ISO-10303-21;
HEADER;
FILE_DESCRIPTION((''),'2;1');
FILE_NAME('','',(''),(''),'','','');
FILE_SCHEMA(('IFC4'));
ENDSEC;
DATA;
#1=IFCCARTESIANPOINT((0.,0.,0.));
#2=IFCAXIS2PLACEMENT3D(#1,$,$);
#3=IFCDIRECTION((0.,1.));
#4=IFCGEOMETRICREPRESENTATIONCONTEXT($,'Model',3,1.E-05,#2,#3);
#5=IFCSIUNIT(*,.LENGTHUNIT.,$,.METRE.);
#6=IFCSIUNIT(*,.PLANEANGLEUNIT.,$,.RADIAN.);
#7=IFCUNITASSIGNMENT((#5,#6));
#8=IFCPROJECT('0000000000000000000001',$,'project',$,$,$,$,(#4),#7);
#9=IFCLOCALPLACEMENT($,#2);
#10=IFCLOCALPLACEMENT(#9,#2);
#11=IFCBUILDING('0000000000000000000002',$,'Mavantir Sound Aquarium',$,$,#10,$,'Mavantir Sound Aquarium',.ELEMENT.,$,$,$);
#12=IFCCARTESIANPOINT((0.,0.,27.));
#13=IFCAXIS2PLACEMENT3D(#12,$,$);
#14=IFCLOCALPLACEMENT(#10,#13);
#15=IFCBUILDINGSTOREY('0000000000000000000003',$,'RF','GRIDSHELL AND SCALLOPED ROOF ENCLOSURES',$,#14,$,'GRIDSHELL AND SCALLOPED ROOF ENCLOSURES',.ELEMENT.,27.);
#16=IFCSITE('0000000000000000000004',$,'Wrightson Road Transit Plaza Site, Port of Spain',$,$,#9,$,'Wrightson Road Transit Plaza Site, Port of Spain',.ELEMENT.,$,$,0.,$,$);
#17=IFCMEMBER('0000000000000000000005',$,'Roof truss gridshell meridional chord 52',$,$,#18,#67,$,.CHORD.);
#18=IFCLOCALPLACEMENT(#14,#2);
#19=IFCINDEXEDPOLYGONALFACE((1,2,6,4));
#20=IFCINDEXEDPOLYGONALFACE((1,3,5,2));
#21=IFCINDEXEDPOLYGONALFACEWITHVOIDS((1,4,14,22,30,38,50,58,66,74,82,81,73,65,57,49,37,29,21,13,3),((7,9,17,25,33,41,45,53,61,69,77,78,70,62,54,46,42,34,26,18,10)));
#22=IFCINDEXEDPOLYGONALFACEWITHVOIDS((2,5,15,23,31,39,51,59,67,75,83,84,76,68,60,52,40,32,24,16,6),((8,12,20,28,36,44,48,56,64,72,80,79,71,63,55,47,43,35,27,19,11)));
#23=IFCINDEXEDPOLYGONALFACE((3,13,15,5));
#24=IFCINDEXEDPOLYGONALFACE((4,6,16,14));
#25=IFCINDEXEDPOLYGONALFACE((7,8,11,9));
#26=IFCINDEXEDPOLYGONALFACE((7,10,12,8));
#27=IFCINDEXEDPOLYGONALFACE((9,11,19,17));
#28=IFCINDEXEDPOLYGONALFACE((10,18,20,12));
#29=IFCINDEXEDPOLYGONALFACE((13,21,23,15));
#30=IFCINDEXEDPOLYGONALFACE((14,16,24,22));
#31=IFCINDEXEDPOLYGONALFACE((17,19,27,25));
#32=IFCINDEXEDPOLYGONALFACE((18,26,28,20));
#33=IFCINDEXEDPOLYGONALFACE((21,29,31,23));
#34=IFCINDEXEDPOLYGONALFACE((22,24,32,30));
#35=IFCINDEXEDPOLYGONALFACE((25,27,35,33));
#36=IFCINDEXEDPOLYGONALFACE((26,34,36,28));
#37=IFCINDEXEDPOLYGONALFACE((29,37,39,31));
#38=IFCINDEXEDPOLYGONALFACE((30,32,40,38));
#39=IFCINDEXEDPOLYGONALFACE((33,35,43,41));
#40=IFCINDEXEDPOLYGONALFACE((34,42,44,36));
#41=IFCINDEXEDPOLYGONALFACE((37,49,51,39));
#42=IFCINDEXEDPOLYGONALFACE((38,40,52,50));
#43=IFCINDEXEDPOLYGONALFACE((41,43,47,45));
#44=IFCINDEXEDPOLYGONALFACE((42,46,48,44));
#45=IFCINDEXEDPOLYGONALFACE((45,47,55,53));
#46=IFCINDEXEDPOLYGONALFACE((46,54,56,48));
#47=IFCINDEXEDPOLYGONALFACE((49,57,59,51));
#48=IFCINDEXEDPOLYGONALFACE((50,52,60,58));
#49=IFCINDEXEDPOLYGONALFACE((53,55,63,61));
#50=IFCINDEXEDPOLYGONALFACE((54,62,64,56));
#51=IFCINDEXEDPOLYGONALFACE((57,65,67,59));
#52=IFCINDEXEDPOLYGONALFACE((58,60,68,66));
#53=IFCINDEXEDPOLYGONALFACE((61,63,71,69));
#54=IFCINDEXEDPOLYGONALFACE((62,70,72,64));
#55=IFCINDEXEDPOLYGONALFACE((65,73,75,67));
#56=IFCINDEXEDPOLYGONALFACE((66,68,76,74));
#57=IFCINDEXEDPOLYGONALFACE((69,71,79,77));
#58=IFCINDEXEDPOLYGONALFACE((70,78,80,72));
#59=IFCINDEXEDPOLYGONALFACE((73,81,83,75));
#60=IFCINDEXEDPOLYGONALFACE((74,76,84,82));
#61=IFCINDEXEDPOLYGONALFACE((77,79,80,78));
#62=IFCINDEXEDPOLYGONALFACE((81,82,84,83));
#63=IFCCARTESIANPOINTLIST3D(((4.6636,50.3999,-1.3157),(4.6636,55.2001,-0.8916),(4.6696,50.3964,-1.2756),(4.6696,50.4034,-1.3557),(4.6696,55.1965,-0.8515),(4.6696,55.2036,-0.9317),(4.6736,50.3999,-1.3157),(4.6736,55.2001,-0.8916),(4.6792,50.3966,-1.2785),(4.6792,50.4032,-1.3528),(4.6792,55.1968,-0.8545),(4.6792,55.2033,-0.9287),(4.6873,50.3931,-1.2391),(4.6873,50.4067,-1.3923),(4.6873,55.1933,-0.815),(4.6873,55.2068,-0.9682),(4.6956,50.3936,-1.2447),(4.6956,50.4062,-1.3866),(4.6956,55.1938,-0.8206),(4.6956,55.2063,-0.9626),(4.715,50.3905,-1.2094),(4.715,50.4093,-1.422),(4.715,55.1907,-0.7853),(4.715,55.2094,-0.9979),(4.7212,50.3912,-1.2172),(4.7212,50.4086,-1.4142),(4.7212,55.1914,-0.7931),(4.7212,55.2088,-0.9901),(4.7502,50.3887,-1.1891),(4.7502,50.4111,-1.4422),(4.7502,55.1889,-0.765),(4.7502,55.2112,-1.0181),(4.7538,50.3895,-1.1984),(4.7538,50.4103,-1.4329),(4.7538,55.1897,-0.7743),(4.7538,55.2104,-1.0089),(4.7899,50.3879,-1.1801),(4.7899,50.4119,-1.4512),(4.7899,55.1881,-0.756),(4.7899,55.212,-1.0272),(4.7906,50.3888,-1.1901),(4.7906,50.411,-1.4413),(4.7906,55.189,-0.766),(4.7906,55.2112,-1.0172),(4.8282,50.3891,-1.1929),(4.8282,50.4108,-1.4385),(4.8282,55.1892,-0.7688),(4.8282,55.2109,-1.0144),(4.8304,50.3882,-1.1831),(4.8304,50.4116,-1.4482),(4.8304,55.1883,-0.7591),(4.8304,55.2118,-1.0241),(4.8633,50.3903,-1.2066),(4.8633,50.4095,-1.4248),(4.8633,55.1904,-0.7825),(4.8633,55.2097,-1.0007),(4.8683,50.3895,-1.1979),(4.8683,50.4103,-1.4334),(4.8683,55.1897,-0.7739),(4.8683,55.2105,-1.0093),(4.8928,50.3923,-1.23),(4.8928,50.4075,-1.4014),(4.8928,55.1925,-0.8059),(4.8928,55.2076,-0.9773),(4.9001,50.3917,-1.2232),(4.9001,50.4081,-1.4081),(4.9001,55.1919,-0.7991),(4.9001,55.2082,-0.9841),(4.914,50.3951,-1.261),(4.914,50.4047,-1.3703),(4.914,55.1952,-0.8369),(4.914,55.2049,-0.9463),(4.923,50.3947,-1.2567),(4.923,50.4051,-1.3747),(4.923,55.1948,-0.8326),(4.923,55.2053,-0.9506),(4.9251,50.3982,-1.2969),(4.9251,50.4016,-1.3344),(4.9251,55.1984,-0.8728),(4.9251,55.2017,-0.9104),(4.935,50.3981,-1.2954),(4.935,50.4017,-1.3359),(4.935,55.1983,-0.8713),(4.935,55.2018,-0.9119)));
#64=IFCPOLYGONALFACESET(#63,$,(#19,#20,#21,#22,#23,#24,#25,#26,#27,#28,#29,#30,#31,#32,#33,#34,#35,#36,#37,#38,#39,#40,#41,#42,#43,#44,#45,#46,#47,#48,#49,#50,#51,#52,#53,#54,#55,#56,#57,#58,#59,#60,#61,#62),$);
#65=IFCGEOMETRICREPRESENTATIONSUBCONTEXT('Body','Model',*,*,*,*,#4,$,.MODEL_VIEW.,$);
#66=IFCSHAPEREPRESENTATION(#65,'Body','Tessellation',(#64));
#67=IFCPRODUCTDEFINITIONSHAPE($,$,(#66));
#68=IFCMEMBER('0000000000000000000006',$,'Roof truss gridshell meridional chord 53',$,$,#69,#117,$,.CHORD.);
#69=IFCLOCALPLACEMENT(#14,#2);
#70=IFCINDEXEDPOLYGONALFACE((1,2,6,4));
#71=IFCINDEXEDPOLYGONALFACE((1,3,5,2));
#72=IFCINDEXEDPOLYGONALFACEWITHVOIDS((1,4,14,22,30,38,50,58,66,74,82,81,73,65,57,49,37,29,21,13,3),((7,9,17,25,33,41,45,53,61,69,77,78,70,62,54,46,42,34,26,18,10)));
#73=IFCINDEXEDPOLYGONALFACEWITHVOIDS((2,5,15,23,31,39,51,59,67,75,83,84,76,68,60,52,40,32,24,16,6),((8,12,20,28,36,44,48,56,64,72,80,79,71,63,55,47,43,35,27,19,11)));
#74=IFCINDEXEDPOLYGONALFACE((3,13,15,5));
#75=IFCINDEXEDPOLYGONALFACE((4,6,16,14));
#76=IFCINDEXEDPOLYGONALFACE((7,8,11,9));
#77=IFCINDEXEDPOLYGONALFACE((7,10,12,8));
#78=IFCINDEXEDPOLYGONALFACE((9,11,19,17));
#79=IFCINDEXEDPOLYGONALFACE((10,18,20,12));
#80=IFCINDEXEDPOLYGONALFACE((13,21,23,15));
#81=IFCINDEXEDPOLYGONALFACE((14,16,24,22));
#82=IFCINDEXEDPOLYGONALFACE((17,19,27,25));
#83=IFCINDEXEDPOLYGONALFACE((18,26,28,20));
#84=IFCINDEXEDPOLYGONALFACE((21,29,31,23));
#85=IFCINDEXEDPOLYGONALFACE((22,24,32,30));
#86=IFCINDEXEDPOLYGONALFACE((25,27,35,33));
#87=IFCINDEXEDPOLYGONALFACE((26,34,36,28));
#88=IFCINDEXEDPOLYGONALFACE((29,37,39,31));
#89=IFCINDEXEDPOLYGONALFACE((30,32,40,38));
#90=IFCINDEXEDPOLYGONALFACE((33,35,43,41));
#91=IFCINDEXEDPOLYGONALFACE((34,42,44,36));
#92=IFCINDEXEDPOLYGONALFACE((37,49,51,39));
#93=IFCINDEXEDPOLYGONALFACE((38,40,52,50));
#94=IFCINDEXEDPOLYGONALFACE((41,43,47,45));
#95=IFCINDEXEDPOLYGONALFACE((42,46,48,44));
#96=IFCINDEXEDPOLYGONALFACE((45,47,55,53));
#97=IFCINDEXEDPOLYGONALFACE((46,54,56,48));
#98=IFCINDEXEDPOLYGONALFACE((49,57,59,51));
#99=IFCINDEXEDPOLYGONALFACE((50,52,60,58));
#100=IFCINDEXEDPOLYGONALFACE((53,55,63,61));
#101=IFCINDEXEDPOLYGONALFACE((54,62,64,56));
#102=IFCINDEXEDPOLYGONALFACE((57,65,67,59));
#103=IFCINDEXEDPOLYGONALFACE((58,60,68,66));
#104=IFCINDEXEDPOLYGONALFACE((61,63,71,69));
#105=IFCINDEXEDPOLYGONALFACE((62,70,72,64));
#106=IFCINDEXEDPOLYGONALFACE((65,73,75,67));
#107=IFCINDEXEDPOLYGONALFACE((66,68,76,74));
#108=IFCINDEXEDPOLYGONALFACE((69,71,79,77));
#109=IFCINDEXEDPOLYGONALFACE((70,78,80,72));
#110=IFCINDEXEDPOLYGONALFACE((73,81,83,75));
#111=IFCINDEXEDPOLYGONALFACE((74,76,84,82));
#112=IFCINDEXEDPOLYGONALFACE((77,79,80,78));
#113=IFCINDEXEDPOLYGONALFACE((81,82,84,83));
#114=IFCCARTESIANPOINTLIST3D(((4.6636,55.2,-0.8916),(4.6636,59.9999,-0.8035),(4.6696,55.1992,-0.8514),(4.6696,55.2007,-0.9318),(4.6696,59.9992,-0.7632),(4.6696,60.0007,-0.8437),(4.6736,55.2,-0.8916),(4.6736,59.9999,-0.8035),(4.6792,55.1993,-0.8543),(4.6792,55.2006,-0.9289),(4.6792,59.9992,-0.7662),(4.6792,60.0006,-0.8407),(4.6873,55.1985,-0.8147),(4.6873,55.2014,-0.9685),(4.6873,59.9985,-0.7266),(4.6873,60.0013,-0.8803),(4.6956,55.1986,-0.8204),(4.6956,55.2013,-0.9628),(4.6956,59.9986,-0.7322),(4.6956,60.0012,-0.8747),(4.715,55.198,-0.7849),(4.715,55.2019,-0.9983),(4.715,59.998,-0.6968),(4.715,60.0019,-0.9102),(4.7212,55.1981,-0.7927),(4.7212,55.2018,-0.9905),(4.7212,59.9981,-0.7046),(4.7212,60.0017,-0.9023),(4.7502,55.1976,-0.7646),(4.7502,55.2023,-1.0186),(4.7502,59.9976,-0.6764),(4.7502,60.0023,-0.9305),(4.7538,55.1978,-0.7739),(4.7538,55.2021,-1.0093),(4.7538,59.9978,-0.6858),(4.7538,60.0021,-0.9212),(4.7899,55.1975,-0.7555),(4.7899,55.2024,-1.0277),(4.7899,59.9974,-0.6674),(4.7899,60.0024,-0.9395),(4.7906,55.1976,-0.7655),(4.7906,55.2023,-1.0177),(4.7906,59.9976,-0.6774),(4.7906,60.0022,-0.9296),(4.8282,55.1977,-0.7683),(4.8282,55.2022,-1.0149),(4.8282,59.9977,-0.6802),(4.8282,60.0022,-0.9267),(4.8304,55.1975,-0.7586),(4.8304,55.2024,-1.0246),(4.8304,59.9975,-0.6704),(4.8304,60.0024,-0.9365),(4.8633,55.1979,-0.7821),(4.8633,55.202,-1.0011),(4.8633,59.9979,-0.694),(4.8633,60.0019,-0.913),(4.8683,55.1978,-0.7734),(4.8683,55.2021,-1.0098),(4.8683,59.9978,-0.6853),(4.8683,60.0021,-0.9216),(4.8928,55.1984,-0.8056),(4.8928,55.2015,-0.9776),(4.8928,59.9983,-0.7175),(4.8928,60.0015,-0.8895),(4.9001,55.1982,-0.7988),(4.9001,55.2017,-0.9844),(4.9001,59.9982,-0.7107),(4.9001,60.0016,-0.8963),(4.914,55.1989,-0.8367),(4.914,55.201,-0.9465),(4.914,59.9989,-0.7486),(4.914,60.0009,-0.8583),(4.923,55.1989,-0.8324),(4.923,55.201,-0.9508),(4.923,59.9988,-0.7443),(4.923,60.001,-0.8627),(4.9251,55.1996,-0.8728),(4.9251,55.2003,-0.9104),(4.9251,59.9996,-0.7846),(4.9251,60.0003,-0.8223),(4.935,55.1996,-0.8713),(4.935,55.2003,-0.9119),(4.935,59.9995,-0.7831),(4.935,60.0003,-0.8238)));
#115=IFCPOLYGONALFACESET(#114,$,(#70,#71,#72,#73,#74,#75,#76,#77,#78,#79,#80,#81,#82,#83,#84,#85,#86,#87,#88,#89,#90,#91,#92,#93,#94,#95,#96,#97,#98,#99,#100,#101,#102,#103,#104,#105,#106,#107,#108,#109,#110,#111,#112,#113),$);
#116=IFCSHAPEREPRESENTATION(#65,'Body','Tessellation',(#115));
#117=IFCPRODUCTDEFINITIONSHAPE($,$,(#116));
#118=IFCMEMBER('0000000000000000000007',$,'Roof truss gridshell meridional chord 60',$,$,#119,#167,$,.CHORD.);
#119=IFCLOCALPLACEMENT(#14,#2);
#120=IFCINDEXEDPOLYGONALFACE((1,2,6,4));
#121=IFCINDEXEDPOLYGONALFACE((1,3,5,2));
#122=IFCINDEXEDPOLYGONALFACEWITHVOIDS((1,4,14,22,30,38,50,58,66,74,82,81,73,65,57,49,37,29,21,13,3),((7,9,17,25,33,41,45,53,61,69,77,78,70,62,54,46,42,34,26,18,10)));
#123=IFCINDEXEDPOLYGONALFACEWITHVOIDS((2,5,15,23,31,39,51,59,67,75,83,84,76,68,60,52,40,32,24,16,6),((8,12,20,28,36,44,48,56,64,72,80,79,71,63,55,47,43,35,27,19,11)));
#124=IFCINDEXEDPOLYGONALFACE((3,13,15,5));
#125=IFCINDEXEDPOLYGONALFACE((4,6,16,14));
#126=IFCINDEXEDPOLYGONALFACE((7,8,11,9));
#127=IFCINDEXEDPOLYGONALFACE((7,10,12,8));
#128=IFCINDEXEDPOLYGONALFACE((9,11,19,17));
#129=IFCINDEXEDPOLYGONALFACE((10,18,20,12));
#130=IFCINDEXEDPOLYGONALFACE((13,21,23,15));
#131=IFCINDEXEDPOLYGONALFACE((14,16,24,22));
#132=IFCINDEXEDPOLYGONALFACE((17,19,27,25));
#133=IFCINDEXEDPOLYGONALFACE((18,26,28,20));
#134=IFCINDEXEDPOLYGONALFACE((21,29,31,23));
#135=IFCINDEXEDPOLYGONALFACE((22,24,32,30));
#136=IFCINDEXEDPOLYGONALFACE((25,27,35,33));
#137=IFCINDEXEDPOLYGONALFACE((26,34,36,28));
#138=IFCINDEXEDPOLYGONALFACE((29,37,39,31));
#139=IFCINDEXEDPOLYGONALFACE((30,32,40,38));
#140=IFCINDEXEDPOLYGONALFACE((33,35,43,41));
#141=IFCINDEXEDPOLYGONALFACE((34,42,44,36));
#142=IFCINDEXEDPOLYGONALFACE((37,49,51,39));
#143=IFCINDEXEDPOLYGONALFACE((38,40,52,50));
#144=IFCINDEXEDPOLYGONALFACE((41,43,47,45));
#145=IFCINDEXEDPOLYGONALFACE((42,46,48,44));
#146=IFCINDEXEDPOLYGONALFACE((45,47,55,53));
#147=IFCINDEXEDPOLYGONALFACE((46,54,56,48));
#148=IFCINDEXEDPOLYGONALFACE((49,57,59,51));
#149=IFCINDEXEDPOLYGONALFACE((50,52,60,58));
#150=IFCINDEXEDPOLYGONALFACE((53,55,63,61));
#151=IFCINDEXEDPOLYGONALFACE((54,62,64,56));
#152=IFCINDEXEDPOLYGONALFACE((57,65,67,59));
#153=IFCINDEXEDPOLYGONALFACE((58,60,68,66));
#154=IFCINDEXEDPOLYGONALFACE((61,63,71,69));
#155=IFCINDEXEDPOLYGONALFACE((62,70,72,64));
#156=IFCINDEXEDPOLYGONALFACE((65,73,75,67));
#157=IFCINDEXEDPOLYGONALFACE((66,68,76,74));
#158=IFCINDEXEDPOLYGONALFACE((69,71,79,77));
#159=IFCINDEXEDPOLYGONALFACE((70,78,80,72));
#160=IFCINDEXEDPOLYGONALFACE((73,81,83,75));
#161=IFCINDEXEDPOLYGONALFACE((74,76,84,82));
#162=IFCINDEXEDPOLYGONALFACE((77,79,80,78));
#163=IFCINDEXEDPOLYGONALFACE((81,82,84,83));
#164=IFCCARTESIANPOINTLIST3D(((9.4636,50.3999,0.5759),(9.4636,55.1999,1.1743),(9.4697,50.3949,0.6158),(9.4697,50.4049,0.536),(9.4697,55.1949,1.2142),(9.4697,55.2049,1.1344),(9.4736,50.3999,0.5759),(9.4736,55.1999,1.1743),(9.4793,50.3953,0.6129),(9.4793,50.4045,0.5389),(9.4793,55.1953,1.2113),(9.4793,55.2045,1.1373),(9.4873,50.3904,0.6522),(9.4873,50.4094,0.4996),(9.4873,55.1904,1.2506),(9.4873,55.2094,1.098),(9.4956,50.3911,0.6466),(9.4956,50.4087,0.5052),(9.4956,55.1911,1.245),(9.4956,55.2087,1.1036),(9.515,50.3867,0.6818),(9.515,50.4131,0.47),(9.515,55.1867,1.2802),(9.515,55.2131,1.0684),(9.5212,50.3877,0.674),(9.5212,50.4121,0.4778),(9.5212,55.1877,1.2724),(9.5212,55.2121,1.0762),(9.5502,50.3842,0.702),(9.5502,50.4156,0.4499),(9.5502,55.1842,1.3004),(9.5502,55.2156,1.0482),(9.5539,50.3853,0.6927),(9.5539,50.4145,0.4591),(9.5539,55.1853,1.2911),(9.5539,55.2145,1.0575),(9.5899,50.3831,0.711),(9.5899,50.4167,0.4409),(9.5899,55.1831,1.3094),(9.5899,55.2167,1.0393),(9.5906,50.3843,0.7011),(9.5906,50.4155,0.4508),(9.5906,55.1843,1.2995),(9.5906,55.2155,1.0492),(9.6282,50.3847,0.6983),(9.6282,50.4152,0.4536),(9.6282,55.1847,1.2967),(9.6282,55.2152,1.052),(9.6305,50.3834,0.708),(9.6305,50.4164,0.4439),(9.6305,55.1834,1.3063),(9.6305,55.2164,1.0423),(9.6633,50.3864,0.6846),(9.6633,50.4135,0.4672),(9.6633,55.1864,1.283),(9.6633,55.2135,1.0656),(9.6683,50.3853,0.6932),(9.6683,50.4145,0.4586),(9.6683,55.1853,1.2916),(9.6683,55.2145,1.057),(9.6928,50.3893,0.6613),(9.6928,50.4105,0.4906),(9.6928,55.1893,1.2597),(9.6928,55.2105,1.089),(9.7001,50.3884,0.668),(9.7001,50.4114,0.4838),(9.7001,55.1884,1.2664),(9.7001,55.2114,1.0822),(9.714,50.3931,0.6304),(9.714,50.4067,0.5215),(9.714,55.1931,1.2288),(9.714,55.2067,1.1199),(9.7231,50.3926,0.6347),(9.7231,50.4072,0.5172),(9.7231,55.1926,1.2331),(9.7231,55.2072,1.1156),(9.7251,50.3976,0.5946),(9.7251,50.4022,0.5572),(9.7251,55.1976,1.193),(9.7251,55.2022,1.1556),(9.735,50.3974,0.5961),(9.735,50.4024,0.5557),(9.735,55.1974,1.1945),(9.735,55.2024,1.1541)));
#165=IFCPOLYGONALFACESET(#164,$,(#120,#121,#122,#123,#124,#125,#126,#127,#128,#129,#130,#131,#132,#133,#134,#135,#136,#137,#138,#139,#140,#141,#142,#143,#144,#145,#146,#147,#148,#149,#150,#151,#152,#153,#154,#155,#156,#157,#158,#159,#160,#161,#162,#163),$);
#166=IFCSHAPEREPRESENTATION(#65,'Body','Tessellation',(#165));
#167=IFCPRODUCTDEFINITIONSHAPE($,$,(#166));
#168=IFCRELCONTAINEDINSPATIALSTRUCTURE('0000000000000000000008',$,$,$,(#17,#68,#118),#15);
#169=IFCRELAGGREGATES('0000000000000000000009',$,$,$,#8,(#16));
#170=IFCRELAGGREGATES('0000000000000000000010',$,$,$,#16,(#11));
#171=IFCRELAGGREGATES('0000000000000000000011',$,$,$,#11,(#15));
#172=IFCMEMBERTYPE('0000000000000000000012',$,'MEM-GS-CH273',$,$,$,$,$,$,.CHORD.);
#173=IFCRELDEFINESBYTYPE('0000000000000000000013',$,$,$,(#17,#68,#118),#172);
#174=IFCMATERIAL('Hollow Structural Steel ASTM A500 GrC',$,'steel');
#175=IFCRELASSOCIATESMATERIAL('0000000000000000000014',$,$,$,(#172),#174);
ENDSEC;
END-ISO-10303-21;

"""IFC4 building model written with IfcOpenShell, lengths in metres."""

from ifc_helpers import new_model, si_unit, direction, frame, origin, origin_2d, place, context, subcontext, project, spatial, hollow_circle, extrude, material, material_profile, profile_set, type_object, element, save


model = new_model("IFC4")

# Units and contexts
model_context = context("Model", 3, precision=1e-05, world=origin(), true_north=direction((0.0, 1.0)))
body_context = subcontext(model_context, "Body", "Model", "MODEL_VIEW")
ifc_project = project(units=[si_unit("LENGTHUNIT", "METRE"), si_unit("PLANEANGLEUNIT", "RADIAN")], contexts=[model_context])

# Site, building, storey
site_placement = place(None, origin())
site = spatial("IfcSite", under=ifc_project, at=site_placement, Name="Wrightson Road Transit Plaza Site, Port of Spain", LongName="Wrightson Road Transit Plaza Site, Port of Spain", CompositionType="ELEMENT", RefElevation=0.0)
building_placement = place(site_placement, origin())
building = spatial("IfcBuilding", under=site, at=building_placement, Name="Mavantir Sound Aquarium", LongName="Mavantir Sound Aquarium", CompositionType="ELEMENT")
storey_placement = place(building_placement, frame((0.0, 0.0, 27.0)))
storey = spatial("IfcBuildingStorey", under=building, at=storey_placement, Name="RF", Description="GRIDSHELL AND SCALLOPED ROOF ENCLOSURES", LongName="GRIDSHELL AND SCALLOPED ROOF ENCLOSURES", CompositionType="ELEMENT", Elevation=27.0)

# Shared definitions
ifc_material_1 = material(Name="Hollow Structural Steel ASTM A500 GrC", Category="steel")

# Members
ifc_material_profile_1 = material_profile(ifc_material_1, hollow_circle(Radius=0.1365, WallThickness=0.01, at=origin_2d()), Name="CHS 273X10")
ifc_profile_set_1 = profile_set([ifc_material_profile_1], Name="Hollow Structural Steel ASTM A500 GrC")
member_type_1 = type_object("IfcMemberType", Name="MEM-GS-CH273", PredefinedType="CHORD", material=ifc_profile_set_1)
member_1_placement = place(storey_placement, frame((4.8, 50.3999, -1.3157), z_axis=(0.0, 0.99612, 0.088005), x_axis=(-1.0, 0.0, 0.0)))
element("IfcMember", 1, at=member_1_placement, inside=storey, type_object=member_type_1, Name="Roof truss gridshell meridional chord 52", PredefinedType="CHORD", context=body_context, shape_type="SweptSolid", body=[
    extrude(hollow_circle(Radius=0.1365, WallThickness=0.01, at=origin_2d()), origin(), (0.0, 0.0, 1.0), 4.8188),
])
member_2_placement = place(storey_placement, frame((4.8, 55.2, -0.8916), z_axis=(0.0, 0.999831, 0.018358), x_axis=(-1.0, 0.0, 0.0)))
element("IfcMember", 2, at=member_2_placement, inside=storey, type_object=member_type_1, Name="Roof truss gridshell meridional chord 53", PredefinedType="CHORD", context=body_context, shape_type="SweptSolid", body=[
    extrude(hollow_circle(Radius=0.1365, WallThickness=0.01, at=origin_2d()), origin(), (0.0, 0.0, 1.0), 4.8008),
])
member_3_placement = place(storey_placement, frame((9.6001, 50.3999, 0.5759), z_axis=(0.0, 0.992319, 0.123705), x_axis=(-1.0, 0.0, 0.0)))
element("IfcMember", 3, at=member_3_placement, inside=storey, type_object=member_type_1, Name="Roof truss gridshell meridional chord 60", PredefinedType="CHORD", context=body_context, shape_type="SweptSolid", body=[
    extrude(hollow_circle(Radius=0.1365, WallThickness=0.01, at=origin_2d()), origin(), (0.0, 0.0, 1.0), 4.8372),
])

save(model, "model.ifc")
